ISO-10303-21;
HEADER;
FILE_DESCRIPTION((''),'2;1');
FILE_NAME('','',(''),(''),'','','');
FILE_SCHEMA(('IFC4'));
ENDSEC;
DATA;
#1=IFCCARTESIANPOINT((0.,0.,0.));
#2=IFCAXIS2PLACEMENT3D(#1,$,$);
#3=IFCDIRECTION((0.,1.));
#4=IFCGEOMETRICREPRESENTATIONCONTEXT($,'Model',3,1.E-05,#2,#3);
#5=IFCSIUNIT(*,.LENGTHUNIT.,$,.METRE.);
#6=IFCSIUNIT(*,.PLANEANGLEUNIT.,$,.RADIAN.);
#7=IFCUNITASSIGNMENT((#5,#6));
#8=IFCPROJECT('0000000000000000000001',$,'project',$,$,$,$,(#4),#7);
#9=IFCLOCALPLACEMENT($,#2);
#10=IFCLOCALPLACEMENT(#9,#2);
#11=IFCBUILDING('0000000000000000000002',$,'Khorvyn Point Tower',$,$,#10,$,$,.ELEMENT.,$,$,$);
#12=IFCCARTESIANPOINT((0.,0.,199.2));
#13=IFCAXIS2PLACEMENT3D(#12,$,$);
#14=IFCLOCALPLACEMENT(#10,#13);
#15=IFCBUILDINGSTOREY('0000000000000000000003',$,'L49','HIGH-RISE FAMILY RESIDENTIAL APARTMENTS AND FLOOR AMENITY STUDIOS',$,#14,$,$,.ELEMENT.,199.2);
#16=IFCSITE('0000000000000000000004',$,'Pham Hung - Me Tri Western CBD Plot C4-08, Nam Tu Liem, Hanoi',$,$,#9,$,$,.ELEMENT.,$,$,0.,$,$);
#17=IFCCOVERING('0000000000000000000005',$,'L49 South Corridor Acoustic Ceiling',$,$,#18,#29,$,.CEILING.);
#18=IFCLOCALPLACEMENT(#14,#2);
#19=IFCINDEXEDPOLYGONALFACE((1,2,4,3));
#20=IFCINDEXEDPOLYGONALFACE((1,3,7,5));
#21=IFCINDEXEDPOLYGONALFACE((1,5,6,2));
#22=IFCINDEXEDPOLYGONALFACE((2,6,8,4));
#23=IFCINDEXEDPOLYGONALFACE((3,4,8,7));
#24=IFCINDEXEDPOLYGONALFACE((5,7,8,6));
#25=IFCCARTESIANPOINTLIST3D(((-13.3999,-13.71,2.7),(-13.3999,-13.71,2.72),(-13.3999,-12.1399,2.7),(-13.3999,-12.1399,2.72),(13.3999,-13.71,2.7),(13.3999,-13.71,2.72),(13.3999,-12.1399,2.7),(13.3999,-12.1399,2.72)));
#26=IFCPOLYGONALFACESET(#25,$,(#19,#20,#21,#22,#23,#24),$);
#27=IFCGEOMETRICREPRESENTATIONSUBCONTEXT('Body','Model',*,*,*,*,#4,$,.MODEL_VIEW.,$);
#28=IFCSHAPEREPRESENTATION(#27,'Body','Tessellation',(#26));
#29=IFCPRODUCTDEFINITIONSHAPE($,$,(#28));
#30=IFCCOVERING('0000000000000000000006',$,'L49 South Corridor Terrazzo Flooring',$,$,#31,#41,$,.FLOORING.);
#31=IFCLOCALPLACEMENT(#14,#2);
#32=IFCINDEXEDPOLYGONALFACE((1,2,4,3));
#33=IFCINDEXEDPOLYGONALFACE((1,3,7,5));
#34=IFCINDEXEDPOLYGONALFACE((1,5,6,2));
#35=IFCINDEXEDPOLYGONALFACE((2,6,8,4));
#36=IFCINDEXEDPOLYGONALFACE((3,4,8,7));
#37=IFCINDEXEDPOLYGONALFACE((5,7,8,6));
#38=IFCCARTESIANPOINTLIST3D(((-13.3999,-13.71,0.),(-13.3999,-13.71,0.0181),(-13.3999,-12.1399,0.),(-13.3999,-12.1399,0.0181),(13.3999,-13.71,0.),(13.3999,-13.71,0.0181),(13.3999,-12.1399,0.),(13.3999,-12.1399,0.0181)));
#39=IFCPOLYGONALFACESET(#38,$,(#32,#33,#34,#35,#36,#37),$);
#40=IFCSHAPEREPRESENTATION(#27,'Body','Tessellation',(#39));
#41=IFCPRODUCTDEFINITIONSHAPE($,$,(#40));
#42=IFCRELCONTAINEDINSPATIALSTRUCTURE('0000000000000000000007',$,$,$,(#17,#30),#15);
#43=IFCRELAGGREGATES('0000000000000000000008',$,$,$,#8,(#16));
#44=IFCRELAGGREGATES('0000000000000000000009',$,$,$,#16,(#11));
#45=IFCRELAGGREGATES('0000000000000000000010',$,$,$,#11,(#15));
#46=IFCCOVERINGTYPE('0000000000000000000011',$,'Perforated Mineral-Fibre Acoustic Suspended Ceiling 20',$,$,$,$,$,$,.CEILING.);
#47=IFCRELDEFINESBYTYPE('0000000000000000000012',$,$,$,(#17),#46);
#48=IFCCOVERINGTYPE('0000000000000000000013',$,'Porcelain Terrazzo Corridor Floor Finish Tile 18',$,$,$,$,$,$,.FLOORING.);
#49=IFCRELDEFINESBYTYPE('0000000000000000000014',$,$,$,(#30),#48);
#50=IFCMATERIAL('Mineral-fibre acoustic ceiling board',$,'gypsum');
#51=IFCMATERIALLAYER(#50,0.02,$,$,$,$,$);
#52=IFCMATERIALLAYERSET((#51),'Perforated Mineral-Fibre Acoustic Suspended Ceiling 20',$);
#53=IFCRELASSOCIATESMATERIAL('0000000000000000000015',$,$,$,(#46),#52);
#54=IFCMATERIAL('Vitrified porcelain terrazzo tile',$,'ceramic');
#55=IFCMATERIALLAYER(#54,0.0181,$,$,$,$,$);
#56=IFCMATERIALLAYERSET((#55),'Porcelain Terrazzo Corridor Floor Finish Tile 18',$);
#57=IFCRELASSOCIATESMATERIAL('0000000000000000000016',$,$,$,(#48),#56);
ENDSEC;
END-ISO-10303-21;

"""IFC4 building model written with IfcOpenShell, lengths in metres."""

from ifc_helpers import new_model, si_unit, direction, frame, origin, place, context, subcontext, project, spatial, polyline, outline, extrude, material, layer, layer_set, type_object, element, save


model = new_model("IFC4")

# Units and contexts
model_context = context("Model", 3, precision=1e-05, world=origin(), true_north=direction((0.0, 1.0)))
body_context = subcontext(model_context, "Body", "Model", "MODEL_VIEW")
ifc_project = project(units=[si_unit("LENGTHUNIT", "METRE"), si_unit("PLANEANGLEUNIT", "RADIAN")], contexts=[model_context])

# Site, building, storey
site_placement = place(None, origin())
site = spatial("IfcSite", under=ifc_project, at=site_placement, Name="Pham Hung - Me Tri Western CBD Plot C4-08, Nam Tu Liem, Hanoi", CompositionType="ELEMENT", RefElevation=0.0)
building_placement = place(site_placement, origin())
building = spatial("IfcBuilding", under=site, at=building_placement, Name="Khorvyn Point Tower", CompositionType="ELEMENT")
storey_placement = place(building_placement, frame((0.0, 0.0, 199.2)))
storey = spatial("IfcBuildingStorey", under=building, at=storey_placement, Name="L49", Description="HIGH-RISE FAMILY RESIDENTIAL APARTMENTS AND FLOOR AMENITY STUDIOS", CompositionType="ELEMENT", Elevation=199.2)

# Coverings
ifc_material_1 = material(Name="Mineral-fibre acoustic ceiling board", Category="gypsum")
ifc_layer_1 = layer(ifc_material_1, 0.02)
ifc_layer_set_1 = layer_set([ifc_layer_1], Name="Perforated Mineral-Fibre Acoustic Suspended Ceiling 20")
covering_type_1 = type_object("IfcCoveringType", Name="Perforated Mineral-Fibre Acoustic Suspended Ceiling 20", PredefinedType="CEILING", material=ifc_layer_set_1)
covering_1_placement = place(storey_placement, frame((0.0, 0.0, 2.7)))
element("IfcCovering", 1, at=covering_1_placement, inside=storey, type_object=covering_type_1, Name="L49 South Corridor Acoustic Ceiling", PredefinedType="CEILING", context=body_context, shape_type="SweptSolid", body=[
    extrude(outline(polyline([(-13.3999, -13.71), (13.3999, -13.71), (13.3999, -12.1399), (-13.3999, -12.1399), (-13.3999, -13.71)])), origin(), (0.0, 0.0, 1.0), 0.02),
])
ifc_material_2 = material(Name="Vitrified porcelain terrazzo tile", Category="ceramic")
ifc_layer_2 = layer(ifc_material_2, 0.0181)
ifc_layer_set_2 = layer_set([ifc_layer_2], Name="Porcelain Terrazzo Corridor Floor Finish Tile 18")
covering_type_2 = type_object("IfcCoveringType", Name="Porcelain Terrazzo Corridor Floor Finish Tile 18", PredefinedType="FLOORING", material=ifc_layer_set_2)
covering_2_placement = place(storey_placement, origin())
element("IfcCovering", 2, at=covering_2_placement, inside=storey, type_object=covering_type_2, Name="L49 South Corridor Terrazzo Flooring", PredefinedType="FLOORING", context=body_context, shape_type="SweptSolid", body=[
    extrude(outline(polyline([(-13.3999, -13.71), (13.3999, -13.71), (13.3999, -12.1399), (-13.3999, -12.1399), (-13.3999, -13.71)])), origin(), (0.0, 0.0, 1.0), 0.0181),
])

save(model, "model.ifc")
